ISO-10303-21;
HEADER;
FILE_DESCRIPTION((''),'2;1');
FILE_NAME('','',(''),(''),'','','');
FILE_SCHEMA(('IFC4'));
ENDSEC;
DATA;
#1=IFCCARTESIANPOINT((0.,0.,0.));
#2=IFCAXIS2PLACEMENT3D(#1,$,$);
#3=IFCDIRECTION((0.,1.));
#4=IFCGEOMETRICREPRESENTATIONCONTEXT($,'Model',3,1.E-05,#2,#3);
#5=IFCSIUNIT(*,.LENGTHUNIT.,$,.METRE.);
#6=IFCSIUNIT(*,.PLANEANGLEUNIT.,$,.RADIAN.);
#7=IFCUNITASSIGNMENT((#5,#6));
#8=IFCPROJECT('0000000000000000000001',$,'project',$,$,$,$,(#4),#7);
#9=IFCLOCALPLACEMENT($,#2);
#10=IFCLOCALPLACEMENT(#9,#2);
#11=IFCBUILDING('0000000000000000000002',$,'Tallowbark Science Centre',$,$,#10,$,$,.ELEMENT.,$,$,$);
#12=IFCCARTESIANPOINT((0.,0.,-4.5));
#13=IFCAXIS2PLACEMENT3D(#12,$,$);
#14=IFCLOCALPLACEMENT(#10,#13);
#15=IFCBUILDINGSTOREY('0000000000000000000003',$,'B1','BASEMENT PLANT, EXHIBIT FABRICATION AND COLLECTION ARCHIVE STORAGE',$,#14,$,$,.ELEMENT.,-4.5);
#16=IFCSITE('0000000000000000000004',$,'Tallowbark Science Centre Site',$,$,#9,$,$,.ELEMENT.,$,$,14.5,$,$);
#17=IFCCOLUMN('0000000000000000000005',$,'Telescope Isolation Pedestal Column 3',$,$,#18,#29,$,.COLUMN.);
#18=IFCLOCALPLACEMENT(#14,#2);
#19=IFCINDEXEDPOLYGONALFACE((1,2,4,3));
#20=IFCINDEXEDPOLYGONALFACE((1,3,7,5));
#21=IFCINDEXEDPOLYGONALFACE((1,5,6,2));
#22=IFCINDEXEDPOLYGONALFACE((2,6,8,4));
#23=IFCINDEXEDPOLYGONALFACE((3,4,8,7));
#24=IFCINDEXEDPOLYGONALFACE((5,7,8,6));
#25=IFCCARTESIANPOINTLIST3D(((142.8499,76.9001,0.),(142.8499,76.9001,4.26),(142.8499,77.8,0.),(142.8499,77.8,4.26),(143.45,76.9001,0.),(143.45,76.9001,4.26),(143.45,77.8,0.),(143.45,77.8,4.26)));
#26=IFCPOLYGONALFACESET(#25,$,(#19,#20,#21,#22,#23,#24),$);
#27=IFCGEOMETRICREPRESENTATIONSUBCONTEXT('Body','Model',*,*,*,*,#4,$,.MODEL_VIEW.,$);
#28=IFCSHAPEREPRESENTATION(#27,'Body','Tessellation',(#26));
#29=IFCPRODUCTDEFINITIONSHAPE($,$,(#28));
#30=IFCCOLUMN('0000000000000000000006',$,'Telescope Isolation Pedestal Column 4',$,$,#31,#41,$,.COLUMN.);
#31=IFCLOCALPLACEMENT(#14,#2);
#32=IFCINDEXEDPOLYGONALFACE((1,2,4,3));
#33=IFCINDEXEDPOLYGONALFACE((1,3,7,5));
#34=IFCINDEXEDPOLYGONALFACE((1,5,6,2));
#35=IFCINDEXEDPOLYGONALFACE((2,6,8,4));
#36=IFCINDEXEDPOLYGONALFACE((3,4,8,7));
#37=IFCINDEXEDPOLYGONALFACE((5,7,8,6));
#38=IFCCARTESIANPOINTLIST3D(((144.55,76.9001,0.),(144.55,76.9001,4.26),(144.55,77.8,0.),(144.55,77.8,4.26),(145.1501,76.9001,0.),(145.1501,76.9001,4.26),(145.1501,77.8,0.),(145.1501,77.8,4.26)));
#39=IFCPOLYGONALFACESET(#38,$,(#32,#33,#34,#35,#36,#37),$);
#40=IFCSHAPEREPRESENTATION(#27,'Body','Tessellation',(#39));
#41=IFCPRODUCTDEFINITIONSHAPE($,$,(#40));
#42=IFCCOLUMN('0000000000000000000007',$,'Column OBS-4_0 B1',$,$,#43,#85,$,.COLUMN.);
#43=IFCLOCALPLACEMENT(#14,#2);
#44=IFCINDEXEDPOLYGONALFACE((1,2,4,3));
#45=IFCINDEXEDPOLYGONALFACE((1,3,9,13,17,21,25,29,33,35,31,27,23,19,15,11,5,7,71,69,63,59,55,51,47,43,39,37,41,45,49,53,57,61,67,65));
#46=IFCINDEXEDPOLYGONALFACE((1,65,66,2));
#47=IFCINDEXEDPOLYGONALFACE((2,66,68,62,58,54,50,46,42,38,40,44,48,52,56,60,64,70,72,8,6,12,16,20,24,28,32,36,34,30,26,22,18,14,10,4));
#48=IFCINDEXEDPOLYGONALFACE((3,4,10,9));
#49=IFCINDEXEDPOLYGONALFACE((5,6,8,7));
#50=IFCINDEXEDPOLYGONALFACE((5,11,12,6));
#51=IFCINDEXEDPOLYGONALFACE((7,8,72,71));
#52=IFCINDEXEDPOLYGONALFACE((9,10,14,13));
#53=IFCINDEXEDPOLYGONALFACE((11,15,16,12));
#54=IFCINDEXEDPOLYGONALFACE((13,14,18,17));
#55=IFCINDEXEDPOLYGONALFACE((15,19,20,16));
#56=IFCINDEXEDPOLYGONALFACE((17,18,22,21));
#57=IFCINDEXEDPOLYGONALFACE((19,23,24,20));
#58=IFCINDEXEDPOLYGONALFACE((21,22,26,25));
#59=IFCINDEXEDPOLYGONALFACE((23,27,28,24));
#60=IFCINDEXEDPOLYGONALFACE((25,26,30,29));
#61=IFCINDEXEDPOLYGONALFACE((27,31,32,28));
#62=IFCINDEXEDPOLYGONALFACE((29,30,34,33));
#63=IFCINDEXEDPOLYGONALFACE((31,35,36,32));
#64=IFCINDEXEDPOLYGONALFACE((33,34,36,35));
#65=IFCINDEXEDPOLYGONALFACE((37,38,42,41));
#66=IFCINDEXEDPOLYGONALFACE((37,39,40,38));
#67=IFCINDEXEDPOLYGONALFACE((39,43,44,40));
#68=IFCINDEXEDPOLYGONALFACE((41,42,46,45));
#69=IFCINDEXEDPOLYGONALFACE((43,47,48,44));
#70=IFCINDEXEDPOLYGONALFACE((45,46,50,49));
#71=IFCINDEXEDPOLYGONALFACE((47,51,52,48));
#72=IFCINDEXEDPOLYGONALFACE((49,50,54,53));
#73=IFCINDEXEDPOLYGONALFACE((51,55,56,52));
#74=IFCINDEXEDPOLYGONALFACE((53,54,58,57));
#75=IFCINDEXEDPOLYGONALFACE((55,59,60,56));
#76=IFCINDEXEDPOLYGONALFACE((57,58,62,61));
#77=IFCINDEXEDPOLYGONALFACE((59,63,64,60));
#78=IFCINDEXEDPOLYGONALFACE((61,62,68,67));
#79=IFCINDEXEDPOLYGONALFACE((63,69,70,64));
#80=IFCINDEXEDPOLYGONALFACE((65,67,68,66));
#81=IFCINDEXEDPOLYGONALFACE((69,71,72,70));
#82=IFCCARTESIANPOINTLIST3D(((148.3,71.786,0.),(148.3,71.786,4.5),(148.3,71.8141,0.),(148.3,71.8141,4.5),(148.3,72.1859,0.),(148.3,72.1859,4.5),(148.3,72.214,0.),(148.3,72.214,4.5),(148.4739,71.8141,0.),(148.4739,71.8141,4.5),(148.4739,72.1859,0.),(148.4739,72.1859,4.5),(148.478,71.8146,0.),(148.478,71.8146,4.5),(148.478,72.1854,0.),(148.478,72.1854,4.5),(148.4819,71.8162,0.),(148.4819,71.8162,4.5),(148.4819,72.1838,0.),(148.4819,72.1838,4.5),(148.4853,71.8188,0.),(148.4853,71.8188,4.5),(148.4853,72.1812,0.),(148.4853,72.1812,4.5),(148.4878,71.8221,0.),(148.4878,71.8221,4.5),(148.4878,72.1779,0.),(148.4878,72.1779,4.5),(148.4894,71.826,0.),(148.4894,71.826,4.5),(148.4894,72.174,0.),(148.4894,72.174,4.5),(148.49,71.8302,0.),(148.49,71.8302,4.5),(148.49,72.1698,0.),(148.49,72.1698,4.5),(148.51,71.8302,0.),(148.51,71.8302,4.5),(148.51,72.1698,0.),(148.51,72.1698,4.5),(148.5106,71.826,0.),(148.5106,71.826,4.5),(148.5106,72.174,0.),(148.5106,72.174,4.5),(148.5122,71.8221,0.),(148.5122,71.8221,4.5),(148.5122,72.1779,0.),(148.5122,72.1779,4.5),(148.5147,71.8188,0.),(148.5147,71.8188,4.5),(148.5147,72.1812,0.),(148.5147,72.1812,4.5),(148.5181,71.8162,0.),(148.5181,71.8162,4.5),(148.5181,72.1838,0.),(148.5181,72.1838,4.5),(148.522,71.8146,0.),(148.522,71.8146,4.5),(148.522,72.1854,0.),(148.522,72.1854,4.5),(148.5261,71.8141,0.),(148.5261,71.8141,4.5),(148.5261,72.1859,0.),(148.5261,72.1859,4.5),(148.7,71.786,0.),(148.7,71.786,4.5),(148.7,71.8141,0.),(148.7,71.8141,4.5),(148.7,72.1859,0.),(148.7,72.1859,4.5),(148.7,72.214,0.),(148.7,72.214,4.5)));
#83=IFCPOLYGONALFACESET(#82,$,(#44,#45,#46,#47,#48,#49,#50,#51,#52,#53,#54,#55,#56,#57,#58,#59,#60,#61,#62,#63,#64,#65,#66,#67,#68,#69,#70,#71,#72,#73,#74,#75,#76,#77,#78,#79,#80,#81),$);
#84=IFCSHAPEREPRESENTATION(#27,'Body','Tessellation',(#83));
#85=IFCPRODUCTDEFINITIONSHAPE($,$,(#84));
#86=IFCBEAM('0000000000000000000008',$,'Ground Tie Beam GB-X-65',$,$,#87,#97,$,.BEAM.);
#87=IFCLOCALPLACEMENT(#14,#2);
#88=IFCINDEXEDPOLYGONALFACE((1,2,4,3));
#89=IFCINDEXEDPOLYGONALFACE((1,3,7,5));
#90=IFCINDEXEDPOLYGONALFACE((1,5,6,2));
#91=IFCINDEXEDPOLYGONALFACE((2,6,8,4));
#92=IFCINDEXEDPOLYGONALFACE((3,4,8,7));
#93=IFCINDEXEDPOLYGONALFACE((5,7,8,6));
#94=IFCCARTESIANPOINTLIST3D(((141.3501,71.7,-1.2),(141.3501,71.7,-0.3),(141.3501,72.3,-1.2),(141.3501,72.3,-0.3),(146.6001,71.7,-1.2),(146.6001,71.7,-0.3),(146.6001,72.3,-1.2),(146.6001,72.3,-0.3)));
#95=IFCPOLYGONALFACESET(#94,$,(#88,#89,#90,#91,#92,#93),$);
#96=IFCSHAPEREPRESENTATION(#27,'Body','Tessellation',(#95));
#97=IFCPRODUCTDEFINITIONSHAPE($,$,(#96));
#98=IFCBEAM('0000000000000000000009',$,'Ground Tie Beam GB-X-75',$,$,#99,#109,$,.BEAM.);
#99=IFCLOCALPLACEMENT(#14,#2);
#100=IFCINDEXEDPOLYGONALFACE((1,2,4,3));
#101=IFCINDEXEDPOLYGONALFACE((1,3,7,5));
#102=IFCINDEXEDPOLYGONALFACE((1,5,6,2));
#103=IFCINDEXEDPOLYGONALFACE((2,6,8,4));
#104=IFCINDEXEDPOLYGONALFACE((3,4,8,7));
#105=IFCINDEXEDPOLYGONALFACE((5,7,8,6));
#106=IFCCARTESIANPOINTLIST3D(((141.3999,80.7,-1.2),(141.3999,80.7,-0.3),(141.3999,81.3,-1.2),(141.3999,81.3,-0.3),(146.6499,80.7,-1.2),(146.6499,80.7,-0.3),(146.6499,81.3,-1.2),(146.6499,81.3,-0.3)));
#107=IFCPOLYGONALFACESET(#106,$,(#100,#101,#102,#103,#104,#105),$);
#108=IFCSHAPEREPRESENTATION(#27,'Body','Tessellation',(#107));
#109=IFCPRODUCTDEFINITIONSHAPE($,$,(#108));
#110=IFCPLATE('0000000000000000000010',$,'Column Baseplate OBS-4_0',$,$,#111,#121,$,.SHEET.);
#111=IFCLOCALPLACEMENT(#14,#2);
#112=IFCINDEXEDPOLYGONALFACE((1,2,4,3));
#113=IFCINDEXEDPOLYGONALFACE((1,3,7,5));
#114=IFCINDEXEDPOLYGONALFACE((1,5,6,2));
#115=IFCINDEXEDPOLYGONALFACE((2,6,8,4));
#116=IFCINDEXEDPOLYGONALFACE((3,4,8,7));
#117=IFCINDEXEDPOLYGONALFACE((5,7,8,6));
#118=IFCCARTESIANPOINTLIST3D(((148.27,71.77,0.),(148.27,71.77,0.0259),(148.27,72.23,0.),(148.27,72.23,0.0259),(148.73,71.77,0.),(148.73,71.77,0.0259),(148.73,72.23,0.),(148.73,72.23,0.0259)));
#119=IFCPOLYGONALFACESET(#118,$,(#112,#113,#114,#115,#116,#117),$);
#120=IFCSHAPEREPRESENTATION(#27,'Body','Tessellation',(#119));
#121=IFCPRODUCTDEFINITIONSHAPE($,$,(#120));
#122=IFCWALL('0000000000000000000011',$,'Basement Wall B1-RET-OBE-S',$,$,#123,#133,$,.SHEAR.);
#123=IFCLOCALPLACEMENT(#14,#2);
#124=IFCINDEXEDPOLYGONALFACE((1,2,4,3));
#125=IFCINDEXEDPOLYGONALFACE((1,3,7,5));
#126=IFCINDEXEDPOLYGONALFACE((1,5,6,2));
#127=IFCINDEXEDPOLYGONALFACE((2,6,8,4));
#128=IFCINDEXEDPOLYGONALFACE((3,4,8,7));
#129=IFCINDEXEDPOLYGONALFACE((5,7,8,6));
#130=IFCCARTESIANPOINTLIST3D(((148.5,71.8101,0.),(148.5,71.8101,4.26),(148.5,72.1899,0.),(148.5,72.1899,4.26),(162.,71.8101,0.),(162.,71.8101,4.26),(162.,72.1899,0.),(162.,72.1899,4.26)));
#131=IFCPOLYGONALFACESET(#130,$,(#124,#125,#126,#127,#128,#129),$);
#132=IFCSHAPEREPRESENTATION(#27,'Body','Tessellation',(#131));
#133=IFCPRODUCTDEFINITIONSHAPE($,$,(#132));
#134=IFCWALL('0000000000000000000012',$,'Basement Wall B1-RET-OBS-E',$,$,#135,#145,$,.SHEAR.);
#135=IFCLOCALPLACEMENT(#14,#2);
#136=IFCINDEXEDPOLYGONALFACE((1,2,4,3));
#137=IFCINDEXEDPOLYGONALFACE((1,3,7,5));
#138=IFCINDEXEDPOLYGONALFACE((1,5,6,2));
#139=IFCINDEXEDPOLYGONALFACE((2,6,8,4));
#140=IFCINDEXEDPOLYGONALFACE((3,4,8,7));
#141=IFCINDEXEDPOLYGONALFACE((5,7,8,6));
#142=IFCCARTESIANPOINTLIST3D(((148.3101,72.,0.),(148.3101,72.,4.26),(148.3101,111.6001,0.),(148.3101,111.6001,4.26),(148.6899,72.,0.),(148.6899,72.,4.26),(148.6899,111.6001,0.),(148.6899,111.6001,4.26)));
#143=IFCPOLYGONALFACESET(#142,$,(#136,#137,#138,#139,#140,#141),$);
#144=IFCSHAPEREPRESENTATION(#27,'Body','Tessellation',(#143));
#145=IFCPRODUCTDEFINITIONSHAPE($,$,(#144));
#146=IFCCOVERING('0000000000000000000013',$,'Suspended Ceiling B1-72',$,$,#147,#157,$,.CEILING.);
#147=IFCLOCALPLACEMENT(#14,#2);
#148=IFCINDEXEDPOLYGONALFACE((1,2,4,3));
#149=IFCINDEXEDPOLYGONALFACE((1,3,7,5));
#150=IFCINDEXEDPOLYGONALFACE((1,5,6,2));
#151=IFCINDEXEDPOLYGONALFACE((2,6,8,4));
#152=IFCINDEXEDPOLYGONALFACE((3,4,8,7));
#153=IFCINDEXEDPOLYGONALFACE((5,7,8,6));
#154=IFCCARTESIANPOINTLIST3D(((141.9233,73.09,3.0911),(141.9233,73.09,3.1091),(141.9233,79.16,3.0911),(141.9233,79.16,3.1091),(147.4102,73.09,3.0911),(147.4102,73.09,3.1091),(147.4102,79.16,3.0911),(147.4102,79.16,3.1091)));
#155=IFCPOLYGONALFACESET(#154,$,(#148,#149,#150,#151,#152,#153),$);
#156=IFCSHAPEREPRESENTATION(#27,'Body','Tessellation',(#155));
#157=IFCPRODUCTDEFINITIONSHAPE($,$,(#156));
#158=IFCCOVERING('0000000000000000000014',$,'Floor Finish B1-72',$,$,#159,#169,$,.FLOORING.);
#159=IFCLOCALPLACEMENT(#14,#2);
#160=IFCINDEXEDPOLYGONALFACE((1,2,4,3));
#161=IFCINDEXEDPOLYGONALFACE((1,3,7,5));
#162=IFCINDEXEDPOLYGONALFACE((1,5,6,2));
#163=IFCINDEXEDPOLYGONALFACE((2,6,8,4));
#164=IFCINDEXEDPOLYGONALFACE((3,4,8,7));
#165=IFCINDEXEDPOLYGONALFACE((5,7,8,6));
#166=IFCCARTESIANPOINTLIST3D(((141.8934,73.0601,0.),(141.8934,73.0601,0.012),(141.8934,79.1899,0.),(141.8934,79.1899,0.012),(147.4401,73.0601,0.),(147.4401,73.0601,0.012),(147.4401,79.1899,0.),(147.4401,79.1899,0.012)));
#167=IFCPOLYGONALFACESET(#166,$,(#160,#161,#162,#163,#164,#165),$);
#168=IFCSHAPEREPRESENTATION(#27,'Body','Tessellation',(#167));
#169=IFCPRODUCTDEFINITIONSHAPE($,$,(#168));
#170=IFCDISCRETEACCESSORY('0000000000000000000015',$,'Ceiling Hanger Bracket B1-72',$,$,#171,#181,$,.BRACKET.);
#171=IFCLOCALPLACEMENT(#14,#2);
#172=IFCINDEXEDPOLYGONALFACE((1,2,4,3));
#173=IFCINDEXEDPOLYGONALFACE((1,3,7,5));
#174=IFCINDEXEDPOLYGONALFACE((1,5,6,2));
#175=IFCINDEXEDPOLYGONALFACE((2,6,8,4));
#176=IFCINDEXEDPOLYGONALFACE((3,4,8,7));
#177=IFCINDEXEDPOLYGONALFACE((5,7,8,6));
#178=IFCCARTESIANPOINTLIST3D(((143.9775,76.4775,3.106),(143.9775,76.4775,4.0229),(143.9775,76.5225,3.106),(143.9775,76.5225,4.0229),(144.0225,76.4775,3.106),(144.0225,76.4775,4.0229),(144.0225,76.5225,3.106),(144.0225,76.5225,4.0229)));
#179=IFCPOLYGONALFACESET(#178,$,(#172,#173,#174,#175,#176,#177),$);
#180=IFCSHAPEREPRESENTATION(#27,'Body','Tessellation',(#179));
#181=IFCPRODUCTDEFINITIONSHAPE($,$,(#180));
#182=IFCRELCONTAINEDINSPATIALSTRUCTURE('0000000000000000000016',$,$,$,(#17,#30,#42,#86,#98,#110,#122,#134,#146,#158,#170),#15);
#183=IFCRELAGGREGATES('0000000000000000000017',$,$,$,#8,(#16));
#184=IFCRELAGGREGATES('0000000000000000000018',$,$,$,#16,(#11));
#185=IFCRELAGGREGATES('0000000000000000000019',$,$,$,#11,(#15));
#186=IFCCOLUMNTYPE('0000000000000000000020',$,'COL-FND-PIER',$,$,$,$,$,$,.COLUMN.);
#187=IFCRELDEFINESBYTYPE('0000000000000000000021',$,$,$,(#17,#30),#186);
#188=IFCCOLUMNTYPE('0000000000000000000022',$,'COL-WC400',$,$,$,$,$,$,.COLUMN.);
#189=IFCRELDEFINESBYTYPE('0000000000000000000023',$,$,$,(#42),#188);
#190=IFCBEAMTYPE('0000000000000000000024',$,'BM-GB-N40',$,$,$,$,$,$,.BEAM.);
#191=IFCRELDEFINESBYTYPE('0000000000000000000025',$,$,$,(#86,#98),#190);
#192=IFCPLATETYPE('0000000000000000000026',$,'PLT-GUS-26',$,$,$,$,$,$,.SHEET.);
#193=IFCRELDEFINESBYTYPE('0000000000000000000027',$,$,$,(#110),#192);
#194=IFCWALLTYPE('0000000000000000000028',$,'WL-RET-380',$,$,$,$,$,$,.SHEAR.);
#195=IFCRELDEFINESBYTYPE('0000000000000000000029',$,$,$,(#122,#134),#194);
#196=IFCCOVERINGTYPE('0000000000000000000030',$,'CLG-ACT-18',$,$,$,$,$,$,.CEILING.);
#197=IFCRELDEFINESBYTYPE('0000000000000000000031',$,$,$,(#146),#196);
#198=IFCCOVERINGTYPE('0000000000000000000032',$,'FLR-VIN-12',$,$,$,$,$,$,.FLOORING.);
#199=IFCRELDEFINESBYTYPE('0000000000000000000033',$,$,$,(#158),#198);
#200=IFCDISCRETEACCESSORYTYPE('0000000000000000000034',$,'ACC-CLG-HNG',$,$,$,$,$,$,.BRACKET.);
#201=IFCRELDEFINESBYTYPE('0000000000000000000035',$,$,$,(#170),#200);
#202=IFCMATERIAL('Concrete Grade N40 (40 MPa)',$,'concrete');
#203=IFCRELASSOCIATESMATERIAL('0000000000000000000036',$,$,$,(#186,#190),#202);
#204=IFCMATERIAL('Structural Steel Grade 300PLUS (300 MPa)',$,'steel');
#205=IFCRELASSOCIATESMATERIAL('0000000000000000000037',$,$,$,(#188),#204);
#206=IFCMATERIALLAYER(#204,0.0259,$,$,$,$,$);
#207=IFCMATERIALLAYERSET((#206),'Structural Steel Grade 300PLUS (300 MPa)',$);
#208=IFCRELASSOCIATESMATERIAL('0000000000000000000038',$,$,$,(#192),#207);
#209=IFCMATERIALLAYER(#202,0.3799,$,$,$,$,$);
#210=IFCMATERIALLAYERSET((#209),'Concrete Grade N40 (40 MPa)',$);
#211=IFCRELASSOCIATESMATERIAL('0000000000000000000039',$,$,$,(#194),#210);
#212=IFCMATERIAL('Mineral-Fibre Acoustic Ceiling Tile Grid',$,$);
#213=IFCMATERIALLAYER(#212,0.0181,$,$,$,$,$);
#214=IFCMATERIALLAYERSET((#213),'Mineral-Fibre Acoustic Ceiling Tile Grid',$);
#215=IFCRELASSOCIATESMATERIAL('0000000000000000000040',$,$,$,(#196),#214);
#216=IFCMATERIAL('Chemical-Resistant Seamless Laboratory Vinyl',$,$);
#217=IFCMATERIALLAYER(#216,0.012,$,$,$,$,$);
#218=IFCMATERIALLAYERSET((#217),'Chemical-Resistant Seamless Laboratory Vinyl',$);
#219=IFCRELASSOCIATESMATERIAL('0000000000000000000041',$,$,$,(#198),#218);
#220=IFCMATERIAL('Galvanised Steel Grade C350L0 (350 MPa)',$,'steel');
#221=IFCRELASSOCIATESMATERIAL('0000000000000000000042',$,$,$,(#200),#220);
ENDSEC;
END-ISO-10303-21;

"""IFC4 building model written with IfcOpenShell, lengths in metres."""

from ifc_helpers import new_model, si_unit, direction, frame, frame_2d, origin, origin_2d, place, context, subcontext, project, spatial, rectangle, i_section, extrude, material, layer, layer_set, material_profile, profile_set, type_object, element, save


model = new_model("IFC4")

# Units and contexts
model_context = context("Model", 3, precision=1e-05, world=origin(), true_north=direction((0.0, 1.0)))
body_context = subcontext(model_context, "Body", "Model", "MODEL_VIEW")
ifc_project = project(units=[si_unit("LENGTHUNIT", "METRE"), si_unit("PLANEANGLEUNIT", "RADIAN")], contexts=[model_context])

# Site, building, storey
site_placement = place(None, origin())
site = spatial("IfcSite", under=ifc_project, at=site_placement, Name="Tallowbark Science Centre Site", CompositionType="ELEMENT", RefElevation=14.5)
building_placement = place(site_placement, origin())
building = spatial("IfcBuilding", under=site, at=building_placement, Name="Tallowbark Science Centre", CompositionType="ELEMENT")
storey_placement = place(building_placement, frame((0.0, 0.0, -4.5)))
storey = spatial("IfcBuildingStorey", under=building, at=storey_placement, Name="B1", Description="BASEMENT PLANT, EXHIBIT FABRICATION AND COLLECTION ARCHIVE STORAGE", CompositionType="ELEMENT", Elevation=-4.5)

# Shared definitions
ifc_material_1 = material(Name="Concrete Grade N40 (40 MPa)", Category="concrete")

# Columns
ifc_material_profile_1 = material_profile(ifc_material_1, rectangle(XDim=0.6001, YDim=0.8999, at=origin_2d()), Name="RC600x900")
ifc_profile_set_1 = profile_set([ifc_material_profile_1], Name="Concrete Grade N40 (40 MPa)")
column_type_1 = type_object("IfcColumnType", Name="COL-FND-PIER", PredefinedType="COLUMN", material=ifc_profile_set_1)
for number, where, z_axis, x_axis, name in (
    (1, (143.1499, 77.3501, 0.0), (0.0, 0.0, 1.0), (1.0, 0.0, 0.0), "Telescope Isolation Pedestal Column 3"),
    (2, (144.8501, 77.3501, 0.0), (0.0, 0.0, 1.0), (1.0, 0.0, 0.0), "Telescope Isolation Pedestal Column 4"),
):
    element("IfcColumn", number, at=place(storey_placement, frame(where, z_axis=z_axis, x_axis=x_axis)), inside=storey, type_object=column_type_1, Name=name, PredefinedType="COLUMN", context=body_context, shape_type="SweptSolid", body=[
        extrude(rectangle(XDim=0.6001, YDim=0.8999, at=origin_2d()), origin(), (0.0, 0.0, 1.0), 4.26),
    ])
ifc_material_2 = material(Name="Structural Steel Grade 300PLUS (300 MPa)", Category="steel")
ifc_material_profile_2 = material_profile(ifc_material_2, i_section(OverallWidth=0.3999, OverallDepth=0.428, WebThickness=0.02, FlangeThickness=0.0281, FilletRadius=0.0161, at=origin_2d()), Name="400WC270")
ifc_profile_set_2 = profile_set([ifc_material_profile_2], Name="Structural Steel Grade 300PLUS (300 MPa)")
column_type_2 = type_object("IfcColumnType", Name="COL-WC400", PredefinedType="COLUMN", material=ifc_profile_set_2)
column_placement = place(storey_placement, frame((148.5, 72.0, 0.0), z_axis=(0.0, 0.0, 1.0), x_axis=(1.0, 0.0, 0.0)))
element("IfcColumn", 3, at=column_placement, inside=storey, type_object=column_type_2, Name="Column OBS-4_0 B1", PredefinedType="COLUMN", context=body_context, shape_type="SweptSolid", body=[
    extrude(i_section(OverallWidth=0.3999, OverallDepth=0.428, WebThickness=0.02, FlangeThickness=0.0281, FilletRadius=0.0161, at=origin_2d()), origin(), (0.0, 0.0, 1.0), 4.5),
])

# Beams
ifc_material_profile_3 = material_profile(ifc_material_1, rectangle(XDim=0.6001, YDim=0.8999, at=origin_2d()), Name="RC600x900")
ifc_profile_set_3 = profile_set([ifc_material_profile_3], Name="Concrete Grade N40 (40 MPa)")
beam_type = type_object("IfcBeamType", Name="BM-GB-N40", PredefinedType="BEAM", material=ifc_profile_set_3)
for number, where, z_axis, x_axis, name in (
    (4, (141.3501, 72.0, -0.75), (1.0, 0.0, 0.0), (0.0, 1.0, 0.0), "Ground Tie Beam GB-X-65"),
    (5, (141.3999, 81.0, -0.75), (1.0, 0.0, 0.0), (0.0, 1.0, 0.0), "Ground Tie Beam GB-X-75"),
):
    element("IfcBeam", number, at=place(storey_placement, frame(where, z_axis=z_axis, x_axis=x_axis)), inside=storey, type_object=beam_type, Name=name, PredefinedType="BEAM", context=body_context, shape_type="SweptSolid", body=[
        extrude(rectangle(XDim=0.6001, YDim=0.8999, at=origin_2d()), origin(), (0.0, 0.0, 1.0), 5.25),
    ])

# Plate
ifc_layer_1 = layer(ifc_material_2, 0.0259)
ifc_layer_set_1 = layer_set([ifc_layer_1], Name="Structural Steel Grade 300PLUS (300 MPa)")
plate_type = type_object("IfcPlateType", Name="PLT-GUS-26", PredefinedType="SHEET", material=ifc_layer_set_1)
plate_placement = place(storey_placement, frame((148.5, 72.0, 0.0), z_axis=(0.0, 0.0, 1.0), x_axis=(1.0, 0.0, 0.0)))
element("IfcPlate", 6, at=plate_placement, inside=storey, type_object=plate_type, Name="Column Baseplate OBS-4_0", PredefinedType="SHEET", context=body_context, shape_type="SweptSolid", body=[
    extrude(rectangle(XDim=0.46, YDim=0.46, at=origin_2d()), origin(), (0.0, 0.0, 1.0), 0.0259),
])

# Walls
ifc_layer_2 = layer(ifc_material_1, 0.3799)
ifc_layer_set_2 = layer_set([ifc_layer_2], Name="Concrete Grade N40 (40 MPa)")
wall_type = type_object("IfcWallType", Name="WL-RET-380", PredefinedType="SHEAR", material=ifc_layer_set_2)
wall_1_placement = place(storey_placement, frame((148.5, 72.0, 0.0), z_axis=(0.0, 0.0, 1.0), x_axis=(1.0, 0.0, 0.0)))
element("IfcWall", 7, at=wall_1_placement, inside=storey, type_object=wall_type, Name="Basement Wall B1-RET-OBE-S", PredefinedType="SHEAR", context=body_context, shape_type="SweptSolid", body=[
    extrude(rectangle(XDim=13.5, YDim=0.3799, at=frame_2d((6.75, 0.0))), origin(), (0.0, 0.0, 1.0), 4.26),
])
wall_2_placement = place(storey_placement, frame((148.5, 72.0, 0.0), z_axis=(0.0, 0.0, 1.0), x_axis=(0.0, 1.0, 0.0)))
element("IfcWall", 8, at=wall_2_placement, inside=storey, type_object=wall_type, Name="Basement Wall B1-RET-OBS-E", PredefinedType="SHEAR", context=body_context, shape_type="SweptSolid", body=[
    extrude(rectangle(XDim=39.6001, YDim=0.3799, at=frame_2d((19.8, 0.0))), origin(), (0.0, 0.0, 1.0), 4.26),
])

# Coverings
ifc_material_3 = material(Name="Mineral-Fibre Acoustic Ceiling Tile Grid")
ifc_layer_3 = layer(ifc_material_3, 0.0181)
ifc_layer_set_3 = layer_set([ifc_layer_3], Name="Mineral-Fibre Acoustic Ceiling Tile Grid")
covering_type_1 = type_object("IfcCoveringType", Name="CLG-ACT-18", PredefinedType="CEILING", material=ifc_layer_set_3)
covering_1_placement = place(storey_placement, frame((144.6667, 76.125, 3.0911), z_axis=(0.0, 0.0, 1.0), x_axis=(1.0, 0.0, 0.0)))
element("IfcCovering", 9, at=covering_1_placement, inside=storey, type_object=covering_type_1, Name="Suspended Ceiling B1-72", PredefinedType="CEILING", context=body_context, shape_type="SweptSolid", body=[
    extrude(rectangle(XDim=5.4868, YDim=6.0701, at=origin_2d()), origin(), (0.0, 0.0, 1.0), 0.0181),
])
ifc_material_4 = material(Name="Chemical-Resistant Seamless Laboratory Vinyl")
ifc_layer_4 = layer(ifc_material_4, 0.012)
ifc_layer_set_4 = layer_set([ifc_layer_4], Name="Chemical-Resistant Seamless Laboratory Vinyl")
covering_type_2 = type_object("IfcCoveringType", Name="FLR-VIN-12", PredefinedType="FLOORING", material=ifc_layer_set_4)
covering_2_placement = place(storey_placement, frame((144.6667, 76.125, 0.0), z_axis=(0.0, 0.0, 1.0), x_axis=(1.0, 0.0, 0.0)))
element("IfcCovering", 10, at=covering_2_placement, inside=storey, type_object=covering_type_2, Name="Floor Finish B1-72", PredefinedType="FLOORING", context=body_context, shape_type="SweptSolid", body=[
    extrude(rectangle(XDim=5.5466, YDim=6.1299, at=origin_2d()), origin(), (0.0, 0.0, 1.0), 0.012),
])

# Discrete accessory
ifc_material_5 = material(Name="Galvanised Steel Grade C350L0 (350 MPa)", Category="steel")
discrete_accessory_type = type_object("IfcDiscreteAccessoryType", Name="ACC-CLG-HNG", PredefinedType="BRACKET", material=ifc_material_5)
discrete_accessory_placement = place(storey_placement, frame((144.0, 76.5, 3.106), z_axis=(0.0, 0.0, 1.0), x_axis=(1.0, 0.0, 0.0)))
element("IfcDiscreteAccessory", 11, at=discrete_accessory_placement, inside=storey, type_object=discrete_accessory_type, Name="Ceiling Hanger Bracket B1-72", PredefinedType="BRACKET", context=body_context, shape_type="SweptSolid", body=[
    extrude(rectangle(XDim=0.0449, YDim=0.0449, at=origin_2d()), origin(), (0.0, 0.0, 1.0), 0.917),
])

save(model, "model.ifc")
